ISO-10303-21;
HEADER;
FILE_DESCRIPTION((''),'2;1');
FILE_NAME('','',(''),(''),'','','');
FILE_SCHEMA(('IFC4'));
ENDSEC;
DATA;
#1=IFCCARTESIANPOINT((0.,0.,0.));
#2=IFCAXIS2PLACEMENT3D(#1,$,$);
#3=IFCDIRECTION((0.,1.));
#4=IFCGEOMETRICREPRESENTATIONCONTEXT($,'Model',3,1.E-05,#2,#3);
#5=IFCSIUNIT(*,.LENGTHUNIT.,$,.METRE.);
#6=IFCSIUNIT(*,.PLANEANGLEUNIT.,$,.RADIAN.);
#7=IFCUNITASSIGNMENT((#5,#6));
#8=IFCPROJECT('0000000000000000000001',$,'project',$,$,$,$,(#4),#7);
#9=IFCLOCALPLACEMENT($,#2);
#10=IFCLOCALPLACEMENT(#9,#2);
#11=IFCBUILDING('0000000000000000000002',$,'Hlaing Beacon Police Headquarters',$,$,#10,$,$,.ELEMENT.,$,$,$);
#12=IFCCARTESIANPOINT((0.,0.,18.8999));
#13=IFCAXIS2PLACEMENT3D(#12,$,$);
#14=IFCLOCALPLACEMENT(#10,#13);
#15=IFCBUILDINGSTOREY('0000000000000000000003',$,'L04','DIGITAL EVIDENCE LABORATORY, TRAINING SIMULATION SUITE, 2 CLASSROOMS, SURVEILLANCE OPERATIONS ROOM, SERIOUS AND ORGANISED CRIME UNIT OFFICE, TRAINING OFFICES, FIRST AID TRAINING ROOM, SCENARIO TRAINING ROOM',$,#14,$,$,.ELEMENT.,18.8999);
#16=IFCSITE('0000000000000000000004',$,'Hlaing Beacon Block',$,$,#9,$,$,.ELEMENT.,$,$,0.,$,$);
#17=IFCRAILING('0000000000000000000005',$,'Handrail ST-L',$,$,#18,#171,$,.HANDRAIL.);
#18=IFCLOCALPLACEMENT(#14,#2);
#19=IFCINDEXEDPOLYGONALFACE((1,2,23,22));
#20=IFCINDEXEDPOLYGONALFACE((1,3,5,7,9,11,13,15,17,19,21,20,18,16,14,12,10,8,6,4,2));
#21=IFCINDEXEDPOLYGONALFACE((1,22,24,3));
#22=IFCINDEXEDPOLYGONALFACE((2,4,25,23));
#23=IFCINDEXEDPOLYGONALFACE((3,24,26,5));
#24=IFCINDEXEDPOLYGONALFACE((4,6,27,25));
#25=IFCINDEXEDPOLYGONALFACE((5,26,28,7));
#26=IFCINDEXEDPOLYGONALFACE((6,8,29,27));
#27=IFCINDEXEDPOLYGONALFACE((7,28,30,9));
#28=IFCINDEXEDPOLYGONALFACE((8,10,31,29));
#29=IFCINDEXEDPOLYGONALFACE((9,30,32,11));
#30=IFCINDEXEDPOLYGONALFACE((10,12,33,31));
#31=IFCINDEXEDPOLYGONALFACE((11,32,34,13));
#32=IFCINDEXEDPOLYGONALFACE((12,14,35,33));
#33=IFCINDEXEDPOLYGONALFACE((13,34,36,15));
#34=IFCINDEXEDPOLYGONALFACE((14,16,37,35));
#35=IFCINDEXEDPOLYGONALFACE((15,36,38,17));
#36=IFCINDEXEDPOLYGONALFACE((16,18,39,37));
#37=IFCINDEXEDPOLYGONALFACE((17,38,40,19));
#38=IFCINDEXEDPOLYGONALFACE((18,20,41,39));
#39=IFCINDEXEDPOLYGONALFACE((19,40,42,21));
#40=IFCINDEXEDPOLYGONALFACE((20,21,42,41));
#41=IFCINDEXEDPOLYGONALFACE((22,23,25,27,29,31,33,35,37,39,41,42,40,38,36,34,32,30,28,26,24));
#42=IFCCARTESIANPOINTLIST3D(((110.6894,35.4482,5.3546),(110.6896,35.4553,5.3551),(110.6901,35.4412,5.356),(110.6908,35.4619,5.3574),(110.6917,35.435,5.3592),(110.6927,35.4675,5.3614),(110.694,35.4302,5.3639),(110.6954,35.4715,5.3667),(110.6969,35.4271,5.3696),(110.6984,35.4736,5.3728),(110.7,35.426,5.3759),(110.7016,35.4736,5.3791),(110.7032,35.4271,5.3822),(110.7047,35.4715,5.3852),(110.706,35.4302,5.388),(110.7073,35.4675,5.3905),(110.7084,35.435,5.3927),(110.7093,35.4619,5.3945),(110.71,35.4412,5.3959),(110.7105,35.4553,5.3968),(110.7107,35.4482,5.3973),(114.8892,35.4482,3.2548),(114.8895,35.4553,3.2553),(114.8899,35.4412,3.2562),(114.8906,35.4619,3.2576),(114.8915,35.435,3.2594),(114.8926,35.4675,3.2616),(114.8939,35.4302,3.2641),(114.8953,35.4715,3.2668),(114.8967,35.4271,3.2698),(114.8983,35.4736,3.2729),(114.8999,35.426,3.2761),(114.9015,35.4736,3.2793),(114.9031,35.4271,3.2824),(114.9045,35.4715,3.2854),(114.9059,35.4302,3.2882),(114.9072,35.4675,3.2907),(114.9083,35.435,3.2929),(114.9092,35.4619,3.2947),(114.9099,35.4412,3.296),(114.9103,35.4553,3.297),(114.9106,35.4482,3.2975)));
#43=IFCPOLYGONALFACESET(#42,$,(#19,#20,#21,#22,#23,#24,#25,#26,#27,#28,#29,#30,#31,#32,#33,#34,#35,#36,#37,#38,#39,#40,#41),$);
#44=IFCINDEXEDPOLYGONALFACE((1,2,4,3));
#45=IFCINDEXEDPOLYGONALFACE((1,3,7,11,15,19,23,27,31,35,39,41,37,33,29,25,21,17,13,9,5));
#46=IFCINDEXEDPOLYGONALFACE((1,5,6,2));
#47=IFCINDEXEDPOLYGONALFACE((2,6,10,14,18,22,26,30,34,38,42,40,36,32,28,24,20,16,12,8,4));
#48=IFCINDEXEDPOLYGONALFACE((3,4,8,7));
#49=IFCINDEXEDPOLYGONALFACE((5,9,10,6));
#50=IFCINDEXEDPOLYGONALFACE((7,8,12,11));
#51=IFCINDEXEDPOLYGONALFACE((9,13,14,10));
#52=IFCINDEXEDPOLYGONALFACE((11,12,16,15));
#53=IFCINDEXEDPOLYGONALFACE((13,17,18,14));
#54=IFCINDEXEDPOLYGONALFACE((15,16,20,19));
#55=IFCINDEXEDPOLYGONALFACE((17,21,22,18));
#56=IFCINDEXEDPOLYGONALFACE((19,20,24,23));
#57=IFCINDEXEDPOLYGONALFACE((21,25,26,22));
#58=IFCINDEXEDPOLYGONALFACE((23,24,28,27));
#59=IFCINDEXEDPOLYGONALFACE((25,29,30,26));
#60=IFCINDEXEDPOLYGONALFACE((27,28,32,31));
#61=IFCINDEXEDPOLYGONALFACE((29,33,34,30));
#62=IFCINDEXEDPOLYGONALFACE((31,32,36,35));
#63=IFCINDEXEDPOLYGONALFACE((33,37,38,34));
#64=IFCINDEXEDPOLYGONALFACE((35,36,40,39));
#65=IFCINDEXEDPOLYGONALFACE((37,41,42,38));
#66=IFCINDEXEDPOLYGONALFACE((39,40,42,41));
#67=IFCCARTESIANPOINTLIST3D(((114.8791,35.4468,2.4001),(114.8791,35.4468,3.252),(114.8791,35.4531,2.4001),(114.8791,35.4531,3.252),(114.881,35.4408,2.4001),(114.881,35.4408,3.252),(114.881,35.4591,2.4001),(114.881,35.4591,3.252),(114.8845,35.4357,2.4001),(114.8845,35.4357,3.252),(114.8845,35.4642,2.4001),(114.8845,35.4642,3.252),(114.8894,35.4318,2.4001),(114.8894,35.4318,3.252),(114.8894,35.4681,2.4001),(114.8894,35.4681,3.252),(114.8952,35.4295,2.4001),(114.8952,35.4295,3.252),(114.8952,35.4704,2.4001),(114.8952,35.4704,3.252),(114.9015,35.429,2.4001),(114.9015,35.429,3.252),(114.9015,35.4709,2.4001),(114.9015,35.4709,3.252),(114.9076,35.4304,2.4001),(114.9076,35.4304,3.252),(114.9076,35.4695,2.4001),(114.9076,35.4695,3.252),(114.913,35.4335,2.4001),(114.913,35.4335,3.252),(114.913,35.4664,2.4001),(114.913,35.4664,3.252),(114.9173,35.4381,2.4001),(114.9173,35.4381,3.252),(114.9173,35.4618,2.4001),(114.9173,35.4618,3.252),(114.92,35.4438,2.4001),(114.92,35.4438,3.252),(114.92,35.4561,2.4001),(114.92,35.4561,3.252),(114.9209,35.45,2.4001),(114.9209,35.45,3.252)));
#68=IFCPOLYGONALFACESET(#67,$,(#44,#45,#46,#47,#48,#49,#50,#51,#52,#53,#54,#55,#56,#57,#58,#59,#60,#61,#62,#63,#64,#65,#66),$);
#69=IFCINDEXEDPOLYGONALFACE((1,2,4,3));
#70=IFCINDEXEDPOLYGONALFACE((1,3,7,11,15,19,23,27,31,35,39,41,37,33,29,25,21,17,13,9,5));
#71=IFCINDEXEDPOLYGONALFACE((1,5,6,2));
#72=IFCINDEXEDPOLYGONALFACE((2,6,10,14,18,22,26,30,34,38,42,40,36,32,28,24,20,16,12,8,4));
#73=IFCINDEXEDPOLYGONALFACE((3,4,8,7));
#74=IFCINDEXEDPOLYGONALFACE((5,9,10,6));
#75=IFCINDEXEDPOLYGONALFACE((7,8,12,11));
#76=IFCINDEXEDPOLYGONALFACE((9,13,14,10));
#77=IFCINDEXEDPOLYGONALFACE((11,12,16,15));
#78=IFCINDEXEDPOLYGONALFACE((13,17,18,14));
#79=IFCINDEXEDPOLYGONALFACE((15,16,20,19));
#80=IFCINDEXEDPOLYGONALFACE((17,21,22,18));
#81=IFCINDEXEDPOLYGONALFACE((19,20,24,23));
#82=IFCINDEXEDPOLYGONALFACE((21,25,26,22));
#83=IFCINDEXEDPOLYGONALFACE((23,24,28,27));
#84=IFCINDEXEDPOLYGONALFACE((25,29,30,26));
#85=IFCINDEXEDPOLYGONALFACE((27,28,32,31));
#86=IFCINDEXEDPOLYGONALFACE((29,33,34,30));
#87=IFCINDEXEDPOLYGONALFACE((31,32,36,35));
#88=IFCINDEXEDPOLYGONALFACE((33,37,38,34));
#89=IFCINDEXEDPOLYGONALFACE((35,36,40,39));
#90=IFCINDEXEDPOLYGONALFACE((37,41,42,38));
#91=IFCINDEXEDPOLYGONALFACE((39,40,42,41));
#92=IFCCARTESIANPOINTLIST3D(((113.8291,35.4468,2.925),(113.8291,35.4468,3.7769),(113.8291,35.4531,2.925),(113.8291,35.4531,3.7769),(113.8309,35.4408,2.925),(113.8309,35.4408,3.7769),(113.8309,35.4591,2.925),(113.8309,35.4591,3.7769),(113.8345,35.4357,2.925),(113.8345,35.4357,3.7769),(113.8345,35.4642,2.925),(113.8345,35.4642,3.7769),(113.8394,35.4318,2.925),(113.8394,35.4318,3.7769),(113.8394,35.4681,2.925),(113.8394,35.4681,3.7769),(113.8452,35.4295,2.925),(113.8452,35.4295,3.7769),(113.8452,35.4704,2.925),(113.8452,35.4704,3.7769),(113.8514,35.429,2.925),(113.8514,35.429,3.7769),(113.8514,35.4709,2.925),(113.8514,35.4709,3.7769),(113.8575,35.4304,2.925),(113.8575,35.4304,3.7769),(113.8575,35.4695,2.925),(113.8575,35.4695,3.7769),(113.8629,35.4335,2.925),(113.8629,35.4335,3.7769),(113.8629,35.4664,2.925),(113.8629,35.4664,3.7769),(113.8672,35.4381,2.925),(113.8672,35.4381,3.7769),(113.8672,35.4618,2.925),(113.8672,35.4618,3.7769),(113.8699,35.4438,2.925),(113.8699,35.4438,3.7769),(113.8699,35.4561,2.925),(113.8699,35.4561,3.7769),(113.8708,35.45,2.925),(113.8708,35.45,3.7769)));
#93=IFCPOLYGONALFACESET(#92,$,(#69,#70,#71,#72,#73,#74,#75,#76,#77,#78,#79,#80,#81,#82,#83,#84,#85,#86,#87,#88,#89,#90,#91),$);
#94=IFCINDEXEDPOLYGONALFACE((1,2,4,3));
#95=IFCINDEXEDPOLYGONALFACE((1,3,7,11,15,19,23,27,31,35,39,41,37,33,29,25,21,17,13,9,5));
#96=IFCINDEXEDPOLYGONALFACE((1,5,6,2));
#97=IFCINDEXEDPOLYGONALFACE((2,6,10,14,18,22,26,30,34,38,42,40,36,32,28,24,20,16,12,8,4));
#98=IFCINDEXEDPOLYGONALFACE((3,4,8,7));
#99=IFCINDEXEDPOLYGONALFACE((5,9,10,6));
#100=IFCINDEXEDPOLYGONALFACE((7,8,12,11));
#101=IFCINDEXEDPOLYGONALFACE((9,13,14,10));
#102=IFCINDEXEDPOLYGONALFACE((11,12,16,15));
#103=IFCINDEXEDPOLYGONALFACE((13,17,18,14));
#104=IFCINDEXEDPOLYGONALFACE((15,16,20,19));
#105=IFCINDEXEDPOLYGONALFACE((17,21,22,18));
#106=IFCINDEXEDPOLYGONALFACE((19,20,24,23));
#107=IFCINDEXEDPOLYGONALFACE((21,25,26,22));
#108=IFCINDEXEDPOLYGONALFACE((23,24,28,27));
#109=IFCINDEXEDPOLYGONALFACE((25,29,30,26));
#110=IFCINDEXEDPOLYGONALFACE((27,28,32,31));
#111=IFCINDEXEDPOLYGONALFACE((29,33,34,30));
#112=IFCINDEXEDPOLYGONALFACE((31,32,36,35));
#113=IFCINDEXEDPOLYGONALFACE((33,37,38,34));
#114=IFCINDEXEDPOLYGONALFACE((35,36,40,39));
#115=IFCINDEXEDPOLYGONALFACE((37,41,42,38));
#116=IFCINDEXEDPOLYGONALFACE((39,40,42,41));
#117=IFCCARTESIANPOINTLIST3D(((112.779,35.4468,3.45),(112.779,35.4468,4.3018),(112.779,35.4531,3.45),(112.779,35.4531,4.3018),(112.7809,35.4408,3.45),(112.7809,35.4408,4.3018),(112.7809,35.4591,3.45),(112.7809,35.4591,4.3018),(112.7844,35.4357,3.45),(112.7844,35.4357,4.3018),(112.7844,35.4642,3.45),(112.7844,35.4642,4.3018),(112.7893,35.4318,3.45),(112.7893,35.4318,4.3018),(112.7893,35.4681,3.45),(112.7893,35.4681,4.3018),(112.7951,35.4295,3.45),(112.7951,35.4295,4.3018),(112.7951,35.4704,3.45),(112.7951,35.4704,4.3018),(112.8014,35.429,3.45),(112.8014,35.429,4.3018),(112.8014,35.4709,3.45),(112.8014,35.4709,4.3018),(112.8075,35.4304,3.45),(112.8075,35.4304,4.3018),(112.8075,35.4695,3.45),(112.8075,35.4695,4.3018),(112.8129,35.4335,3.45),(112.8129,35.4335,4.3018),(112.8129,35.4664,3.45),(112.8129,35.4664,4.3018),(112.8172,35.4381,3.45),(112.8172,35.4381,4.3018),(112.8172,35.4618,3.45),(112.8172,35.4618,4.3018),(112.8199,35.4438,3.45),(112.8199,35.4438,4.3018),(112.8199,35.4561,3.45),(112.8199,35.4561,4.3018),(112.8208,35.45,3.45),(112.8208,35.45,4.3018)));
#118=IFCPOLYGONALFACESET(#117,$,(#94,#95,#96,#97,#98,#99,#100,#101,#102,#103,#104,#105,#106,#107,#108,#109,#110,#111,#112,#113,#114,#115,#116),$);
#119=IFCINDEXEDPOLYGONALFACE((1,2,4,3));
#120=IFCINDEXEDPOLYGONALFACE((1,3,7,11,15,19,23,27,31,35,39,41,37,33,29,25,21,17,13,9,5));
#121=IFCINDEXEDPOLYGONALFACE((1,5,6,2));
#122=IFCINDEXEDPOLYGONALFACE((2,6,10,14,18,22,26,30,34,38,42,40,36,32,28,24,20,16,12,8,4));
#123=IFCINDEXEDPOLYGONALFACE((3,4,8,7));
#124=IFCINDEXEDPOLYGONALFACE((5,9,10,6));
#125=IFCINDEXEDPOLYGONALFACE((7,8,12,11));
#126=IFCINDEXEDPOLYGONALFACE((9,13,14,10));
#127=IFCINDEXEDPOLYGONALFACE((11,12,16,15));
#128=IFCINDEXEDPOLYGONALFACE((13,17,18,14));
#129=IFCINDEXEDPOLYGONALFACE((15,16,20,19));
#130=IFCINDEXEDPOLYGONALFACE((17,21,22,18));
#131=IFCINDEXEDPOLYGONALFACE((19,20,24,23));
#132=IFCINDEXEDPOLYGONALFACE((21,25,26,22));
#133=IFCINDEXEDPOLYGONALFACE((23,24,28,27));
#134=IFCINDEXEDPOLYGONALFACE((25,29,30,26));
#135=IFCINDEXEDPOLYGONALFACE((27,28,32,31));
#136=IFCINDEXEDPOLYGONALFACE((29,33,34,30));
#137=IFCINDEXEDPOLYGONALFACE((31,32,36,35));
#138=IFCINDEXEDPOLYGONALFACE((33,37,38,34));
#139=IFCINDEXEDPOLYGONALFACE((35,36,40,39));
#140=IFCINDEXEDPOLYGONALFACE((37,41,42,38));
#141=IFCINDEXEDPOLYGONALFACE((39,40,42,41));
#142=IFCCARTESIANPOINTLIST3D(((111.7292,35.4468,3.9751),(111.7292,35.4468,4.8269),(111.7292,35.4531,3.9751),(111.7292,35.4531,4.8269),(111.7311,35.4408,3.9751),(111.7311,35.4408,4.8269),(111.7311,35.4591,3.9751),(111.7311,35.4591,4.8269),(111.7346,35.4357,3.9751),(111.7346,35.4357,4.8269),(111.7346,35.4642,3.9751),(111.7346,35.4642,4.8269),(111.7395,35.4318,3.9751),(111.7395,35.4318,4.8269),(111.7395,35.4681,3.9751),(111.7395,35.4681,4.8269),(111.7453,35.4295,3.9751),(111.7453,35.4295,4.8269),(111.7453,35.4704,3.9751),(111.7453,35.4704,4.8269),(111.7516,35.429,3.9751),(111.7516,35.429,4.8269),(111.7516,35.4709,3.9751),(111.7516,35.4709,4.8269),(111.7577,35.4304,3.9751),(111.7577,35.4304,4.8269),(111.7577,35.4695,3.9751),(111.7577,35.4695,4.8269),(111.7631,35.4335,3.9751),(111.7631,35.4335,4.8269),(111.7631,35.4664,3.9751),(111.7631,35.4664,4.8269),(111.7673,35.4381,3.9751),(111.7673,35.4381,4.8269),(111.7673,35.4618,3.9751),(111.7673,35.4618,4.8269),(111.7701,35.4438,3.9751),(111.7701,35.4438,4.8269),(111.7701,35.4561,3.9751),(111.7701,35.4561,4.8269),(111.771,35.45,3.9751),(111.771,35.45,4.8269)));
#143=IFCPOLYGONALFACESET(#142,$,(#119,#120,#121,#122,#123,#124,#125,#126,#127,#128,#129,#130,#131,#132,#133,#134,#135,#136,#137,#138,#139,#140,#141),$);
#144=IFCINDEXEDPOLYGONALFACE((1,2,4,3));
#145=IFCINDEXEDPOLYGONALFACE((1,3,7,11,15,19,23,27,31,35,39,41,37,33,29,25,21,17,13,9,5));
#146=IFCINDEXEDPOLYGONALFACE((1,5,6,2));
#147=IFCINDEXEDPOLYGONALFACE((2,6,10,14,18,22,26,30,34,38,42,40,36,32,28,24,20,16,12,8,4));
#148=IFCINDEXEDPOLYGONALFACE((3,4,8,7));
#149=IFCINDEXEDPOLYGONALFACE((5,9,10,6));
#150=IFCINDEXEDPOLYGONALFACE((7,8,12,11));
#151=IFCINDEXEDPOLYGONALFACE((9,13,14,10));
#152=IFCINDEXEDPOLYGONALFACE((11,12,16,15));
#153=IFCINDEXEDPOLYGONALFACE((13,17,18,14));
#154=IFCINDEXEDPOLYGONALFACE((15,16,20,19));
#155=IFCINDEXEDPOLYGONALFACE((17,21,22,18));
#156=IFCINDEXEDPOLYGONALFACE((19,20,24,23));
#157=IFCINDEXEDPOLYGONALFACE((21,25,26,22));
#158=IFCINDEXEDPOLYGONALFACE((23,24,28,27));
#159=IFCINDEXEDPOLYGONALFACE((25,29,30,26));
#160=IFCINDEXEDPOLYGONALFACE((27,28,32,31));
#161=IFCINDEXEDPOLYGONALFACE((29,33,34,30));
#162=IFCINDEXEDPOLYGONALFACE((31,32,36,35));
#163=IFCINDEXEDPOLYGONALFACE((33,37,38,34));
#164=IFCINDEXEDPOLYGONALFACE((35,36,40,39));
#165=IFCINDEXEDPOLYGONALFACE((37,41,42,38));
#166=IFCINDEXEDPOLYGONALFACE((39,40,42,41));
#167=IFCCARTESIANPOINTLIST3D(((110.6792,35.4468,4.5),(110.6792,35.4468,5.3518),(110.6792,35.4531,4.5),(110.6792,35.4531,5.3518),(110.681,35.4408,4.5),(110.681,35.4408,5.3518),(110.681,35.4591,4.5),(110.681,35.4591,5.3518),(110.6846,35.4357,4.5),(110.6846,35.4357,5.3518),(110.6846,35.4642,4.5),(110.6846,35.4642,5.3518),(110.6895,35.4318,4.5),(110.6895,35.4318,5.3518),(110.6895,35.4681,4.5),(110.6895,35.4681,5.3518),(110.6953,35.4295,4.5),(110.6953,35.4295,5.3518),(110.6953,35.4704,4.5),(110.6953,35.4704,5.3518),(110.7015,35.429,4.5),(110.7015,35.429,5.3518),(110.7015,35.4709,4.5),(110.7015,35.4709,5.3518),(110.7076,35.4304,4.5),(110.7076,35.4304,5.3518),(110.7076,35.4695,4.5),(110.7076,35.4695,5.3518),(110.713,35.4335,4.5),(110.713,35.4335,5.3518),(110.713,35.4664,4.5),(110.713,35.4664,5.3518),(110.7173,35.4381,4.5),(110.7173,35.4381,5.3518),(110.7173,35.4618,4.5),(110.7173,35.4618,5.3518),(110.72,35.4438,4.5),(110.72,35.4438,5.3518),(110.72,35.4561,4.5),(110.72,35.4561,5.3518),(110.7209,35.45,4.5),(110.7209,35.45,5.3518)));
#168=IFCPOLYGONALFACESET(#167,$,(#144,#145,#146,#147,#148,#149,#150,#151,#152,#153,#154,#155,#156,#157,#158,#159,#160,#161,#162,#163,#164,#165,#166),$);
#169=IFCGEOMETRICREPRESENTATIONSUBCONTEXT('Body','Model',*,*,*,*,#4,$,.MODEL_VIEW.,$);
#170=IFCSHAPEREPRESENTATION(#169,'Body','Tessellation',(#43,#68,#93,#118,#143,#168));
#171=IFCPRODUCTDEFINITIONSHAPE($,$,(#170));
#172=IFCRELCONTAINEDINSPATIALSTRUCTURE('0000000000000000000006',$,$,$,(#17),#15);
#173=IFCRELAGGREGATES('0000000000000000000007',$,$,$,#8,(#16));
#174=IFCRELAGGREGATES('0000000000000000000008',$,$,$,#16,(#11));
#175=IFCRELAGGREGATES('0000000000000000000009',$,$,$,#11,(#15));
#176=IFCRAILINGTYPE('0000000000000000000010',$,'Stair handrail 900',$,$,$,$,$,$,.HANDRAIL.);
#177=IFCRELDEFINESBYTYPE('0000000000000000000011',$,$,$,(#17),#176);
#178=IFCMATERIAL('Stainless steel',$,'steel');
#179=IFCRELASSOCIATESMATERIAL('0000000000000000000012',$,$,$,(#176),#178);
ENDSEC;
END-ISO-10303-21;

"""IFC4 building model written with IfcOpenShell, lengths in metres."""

from ifc_helpers import new_model, si_unit, direction, frame, origin, origin_2d, place, context, subcontext, project, spatial, circle, extrude, material, type_object, element, save


model = new_model("IFC4")

# Units and contexts
model_context = context("Model", 3, precision=1e-05, world=origin(), true_north=direction((0.0, 1.0)))
body_context = subcontext(model_context, "Body", "Model", "MODEL_VIEW")
ifc_project = project(units=[si_unit("LENGTHUNIT", "METRE"), si_unit("PLANEANGLEUNIT", "RADIAN")], contexts=[model_context])

# Site, building, storey
site_placement = place(None, origin())
site = spatial("IfcSite", under=ifc_project, at=site_placement, Name="Hlaing Beacon Block", CompositionType="ELEMENT", RefElevation=0.0)
building_placement = place(site_placement, origin())
building = spatial("IfcBuilding", under=site, at=building_placement, Name="Hlaing Beacon Police Headquarters", CompositionType="ELEMENT")
storey_placement = place(building_placement, frame((0.0, 0.0, 18.8999)))
storey = spatial("IfcBuildingStorey", under=building, at=storey_placement, Name="L04", Description="DIGITAL EVIDENCE LABORATORY, TRAINING SIMULATION SUITE, 2 CLASSROOMS, SURVEILLANCE OPERATIONS ROOM, SERIOUS AND ORGANISED CRIME UNIT OFFICE, TRAINING OFFICES, FIRST AID TRAINING ROOM, SCENARIO TRAINING ROOM", CompositionType="ELEMENT", Elevation=18.8999)

# Railing
ifc_material_1 = material(Name="Stainless steel", Category="steel")
railing_type_1 = type_object("IfcRailingType", Name="Stair handrail 900", PredefinedType="HANDRAIL", material=ifc_material_1)
for number, where, name in (
    (1, (114.8999, 35.45, 2.4001), "Handrail ST-L"),
):
    element("IfcRailing", number, at=place(storey_placement, frame(where)), inside=storey, type_object=railing_type_1, Name=name, PredefinedType="HANDRAIL", context=body_context, shape_type="SweptSolid", body=[
        extrude(circle(Radius=0.0239, at=origin_2d()), frame((0.0, 0.0, 0.876), z_axis=(-0.894438, 0.0, 0.447193), x_axis=(0.0, -1.0, 0.0)), (0.0, 0.0, 1.0), 4.6956),
        extrude(circle(Radius=0.021, at=origin_2d()), origin(), (0.0, 0.0, 1.0), 0.8518),
        extrude(circle(Radius=0.021, at=origin_2d()), frame((-1.05, 0.0, 0.5249)), (0.0, 0.0, 1.0), 0.8518),
        extrude(circle(Radius=0.021, at=origin_2d()), frame((-2.1001, 0.0, 1.0498)), (0.0, 0.0, 1.0), 0.8518),
        extrude(circle(Radius=0.021, at=origin_2d()), frame((-3.1499, 0.0, 1.575)), (0.0, 0.0, 1.0), 0.8518),
        extrude(circle(Radius=0.021, at=origin_2d()), frame((-4.2, 0.0, 2.0999)), (0.0, 0.0, 1.0), 0.8518),
    ])

save(model, "model.ifc")
